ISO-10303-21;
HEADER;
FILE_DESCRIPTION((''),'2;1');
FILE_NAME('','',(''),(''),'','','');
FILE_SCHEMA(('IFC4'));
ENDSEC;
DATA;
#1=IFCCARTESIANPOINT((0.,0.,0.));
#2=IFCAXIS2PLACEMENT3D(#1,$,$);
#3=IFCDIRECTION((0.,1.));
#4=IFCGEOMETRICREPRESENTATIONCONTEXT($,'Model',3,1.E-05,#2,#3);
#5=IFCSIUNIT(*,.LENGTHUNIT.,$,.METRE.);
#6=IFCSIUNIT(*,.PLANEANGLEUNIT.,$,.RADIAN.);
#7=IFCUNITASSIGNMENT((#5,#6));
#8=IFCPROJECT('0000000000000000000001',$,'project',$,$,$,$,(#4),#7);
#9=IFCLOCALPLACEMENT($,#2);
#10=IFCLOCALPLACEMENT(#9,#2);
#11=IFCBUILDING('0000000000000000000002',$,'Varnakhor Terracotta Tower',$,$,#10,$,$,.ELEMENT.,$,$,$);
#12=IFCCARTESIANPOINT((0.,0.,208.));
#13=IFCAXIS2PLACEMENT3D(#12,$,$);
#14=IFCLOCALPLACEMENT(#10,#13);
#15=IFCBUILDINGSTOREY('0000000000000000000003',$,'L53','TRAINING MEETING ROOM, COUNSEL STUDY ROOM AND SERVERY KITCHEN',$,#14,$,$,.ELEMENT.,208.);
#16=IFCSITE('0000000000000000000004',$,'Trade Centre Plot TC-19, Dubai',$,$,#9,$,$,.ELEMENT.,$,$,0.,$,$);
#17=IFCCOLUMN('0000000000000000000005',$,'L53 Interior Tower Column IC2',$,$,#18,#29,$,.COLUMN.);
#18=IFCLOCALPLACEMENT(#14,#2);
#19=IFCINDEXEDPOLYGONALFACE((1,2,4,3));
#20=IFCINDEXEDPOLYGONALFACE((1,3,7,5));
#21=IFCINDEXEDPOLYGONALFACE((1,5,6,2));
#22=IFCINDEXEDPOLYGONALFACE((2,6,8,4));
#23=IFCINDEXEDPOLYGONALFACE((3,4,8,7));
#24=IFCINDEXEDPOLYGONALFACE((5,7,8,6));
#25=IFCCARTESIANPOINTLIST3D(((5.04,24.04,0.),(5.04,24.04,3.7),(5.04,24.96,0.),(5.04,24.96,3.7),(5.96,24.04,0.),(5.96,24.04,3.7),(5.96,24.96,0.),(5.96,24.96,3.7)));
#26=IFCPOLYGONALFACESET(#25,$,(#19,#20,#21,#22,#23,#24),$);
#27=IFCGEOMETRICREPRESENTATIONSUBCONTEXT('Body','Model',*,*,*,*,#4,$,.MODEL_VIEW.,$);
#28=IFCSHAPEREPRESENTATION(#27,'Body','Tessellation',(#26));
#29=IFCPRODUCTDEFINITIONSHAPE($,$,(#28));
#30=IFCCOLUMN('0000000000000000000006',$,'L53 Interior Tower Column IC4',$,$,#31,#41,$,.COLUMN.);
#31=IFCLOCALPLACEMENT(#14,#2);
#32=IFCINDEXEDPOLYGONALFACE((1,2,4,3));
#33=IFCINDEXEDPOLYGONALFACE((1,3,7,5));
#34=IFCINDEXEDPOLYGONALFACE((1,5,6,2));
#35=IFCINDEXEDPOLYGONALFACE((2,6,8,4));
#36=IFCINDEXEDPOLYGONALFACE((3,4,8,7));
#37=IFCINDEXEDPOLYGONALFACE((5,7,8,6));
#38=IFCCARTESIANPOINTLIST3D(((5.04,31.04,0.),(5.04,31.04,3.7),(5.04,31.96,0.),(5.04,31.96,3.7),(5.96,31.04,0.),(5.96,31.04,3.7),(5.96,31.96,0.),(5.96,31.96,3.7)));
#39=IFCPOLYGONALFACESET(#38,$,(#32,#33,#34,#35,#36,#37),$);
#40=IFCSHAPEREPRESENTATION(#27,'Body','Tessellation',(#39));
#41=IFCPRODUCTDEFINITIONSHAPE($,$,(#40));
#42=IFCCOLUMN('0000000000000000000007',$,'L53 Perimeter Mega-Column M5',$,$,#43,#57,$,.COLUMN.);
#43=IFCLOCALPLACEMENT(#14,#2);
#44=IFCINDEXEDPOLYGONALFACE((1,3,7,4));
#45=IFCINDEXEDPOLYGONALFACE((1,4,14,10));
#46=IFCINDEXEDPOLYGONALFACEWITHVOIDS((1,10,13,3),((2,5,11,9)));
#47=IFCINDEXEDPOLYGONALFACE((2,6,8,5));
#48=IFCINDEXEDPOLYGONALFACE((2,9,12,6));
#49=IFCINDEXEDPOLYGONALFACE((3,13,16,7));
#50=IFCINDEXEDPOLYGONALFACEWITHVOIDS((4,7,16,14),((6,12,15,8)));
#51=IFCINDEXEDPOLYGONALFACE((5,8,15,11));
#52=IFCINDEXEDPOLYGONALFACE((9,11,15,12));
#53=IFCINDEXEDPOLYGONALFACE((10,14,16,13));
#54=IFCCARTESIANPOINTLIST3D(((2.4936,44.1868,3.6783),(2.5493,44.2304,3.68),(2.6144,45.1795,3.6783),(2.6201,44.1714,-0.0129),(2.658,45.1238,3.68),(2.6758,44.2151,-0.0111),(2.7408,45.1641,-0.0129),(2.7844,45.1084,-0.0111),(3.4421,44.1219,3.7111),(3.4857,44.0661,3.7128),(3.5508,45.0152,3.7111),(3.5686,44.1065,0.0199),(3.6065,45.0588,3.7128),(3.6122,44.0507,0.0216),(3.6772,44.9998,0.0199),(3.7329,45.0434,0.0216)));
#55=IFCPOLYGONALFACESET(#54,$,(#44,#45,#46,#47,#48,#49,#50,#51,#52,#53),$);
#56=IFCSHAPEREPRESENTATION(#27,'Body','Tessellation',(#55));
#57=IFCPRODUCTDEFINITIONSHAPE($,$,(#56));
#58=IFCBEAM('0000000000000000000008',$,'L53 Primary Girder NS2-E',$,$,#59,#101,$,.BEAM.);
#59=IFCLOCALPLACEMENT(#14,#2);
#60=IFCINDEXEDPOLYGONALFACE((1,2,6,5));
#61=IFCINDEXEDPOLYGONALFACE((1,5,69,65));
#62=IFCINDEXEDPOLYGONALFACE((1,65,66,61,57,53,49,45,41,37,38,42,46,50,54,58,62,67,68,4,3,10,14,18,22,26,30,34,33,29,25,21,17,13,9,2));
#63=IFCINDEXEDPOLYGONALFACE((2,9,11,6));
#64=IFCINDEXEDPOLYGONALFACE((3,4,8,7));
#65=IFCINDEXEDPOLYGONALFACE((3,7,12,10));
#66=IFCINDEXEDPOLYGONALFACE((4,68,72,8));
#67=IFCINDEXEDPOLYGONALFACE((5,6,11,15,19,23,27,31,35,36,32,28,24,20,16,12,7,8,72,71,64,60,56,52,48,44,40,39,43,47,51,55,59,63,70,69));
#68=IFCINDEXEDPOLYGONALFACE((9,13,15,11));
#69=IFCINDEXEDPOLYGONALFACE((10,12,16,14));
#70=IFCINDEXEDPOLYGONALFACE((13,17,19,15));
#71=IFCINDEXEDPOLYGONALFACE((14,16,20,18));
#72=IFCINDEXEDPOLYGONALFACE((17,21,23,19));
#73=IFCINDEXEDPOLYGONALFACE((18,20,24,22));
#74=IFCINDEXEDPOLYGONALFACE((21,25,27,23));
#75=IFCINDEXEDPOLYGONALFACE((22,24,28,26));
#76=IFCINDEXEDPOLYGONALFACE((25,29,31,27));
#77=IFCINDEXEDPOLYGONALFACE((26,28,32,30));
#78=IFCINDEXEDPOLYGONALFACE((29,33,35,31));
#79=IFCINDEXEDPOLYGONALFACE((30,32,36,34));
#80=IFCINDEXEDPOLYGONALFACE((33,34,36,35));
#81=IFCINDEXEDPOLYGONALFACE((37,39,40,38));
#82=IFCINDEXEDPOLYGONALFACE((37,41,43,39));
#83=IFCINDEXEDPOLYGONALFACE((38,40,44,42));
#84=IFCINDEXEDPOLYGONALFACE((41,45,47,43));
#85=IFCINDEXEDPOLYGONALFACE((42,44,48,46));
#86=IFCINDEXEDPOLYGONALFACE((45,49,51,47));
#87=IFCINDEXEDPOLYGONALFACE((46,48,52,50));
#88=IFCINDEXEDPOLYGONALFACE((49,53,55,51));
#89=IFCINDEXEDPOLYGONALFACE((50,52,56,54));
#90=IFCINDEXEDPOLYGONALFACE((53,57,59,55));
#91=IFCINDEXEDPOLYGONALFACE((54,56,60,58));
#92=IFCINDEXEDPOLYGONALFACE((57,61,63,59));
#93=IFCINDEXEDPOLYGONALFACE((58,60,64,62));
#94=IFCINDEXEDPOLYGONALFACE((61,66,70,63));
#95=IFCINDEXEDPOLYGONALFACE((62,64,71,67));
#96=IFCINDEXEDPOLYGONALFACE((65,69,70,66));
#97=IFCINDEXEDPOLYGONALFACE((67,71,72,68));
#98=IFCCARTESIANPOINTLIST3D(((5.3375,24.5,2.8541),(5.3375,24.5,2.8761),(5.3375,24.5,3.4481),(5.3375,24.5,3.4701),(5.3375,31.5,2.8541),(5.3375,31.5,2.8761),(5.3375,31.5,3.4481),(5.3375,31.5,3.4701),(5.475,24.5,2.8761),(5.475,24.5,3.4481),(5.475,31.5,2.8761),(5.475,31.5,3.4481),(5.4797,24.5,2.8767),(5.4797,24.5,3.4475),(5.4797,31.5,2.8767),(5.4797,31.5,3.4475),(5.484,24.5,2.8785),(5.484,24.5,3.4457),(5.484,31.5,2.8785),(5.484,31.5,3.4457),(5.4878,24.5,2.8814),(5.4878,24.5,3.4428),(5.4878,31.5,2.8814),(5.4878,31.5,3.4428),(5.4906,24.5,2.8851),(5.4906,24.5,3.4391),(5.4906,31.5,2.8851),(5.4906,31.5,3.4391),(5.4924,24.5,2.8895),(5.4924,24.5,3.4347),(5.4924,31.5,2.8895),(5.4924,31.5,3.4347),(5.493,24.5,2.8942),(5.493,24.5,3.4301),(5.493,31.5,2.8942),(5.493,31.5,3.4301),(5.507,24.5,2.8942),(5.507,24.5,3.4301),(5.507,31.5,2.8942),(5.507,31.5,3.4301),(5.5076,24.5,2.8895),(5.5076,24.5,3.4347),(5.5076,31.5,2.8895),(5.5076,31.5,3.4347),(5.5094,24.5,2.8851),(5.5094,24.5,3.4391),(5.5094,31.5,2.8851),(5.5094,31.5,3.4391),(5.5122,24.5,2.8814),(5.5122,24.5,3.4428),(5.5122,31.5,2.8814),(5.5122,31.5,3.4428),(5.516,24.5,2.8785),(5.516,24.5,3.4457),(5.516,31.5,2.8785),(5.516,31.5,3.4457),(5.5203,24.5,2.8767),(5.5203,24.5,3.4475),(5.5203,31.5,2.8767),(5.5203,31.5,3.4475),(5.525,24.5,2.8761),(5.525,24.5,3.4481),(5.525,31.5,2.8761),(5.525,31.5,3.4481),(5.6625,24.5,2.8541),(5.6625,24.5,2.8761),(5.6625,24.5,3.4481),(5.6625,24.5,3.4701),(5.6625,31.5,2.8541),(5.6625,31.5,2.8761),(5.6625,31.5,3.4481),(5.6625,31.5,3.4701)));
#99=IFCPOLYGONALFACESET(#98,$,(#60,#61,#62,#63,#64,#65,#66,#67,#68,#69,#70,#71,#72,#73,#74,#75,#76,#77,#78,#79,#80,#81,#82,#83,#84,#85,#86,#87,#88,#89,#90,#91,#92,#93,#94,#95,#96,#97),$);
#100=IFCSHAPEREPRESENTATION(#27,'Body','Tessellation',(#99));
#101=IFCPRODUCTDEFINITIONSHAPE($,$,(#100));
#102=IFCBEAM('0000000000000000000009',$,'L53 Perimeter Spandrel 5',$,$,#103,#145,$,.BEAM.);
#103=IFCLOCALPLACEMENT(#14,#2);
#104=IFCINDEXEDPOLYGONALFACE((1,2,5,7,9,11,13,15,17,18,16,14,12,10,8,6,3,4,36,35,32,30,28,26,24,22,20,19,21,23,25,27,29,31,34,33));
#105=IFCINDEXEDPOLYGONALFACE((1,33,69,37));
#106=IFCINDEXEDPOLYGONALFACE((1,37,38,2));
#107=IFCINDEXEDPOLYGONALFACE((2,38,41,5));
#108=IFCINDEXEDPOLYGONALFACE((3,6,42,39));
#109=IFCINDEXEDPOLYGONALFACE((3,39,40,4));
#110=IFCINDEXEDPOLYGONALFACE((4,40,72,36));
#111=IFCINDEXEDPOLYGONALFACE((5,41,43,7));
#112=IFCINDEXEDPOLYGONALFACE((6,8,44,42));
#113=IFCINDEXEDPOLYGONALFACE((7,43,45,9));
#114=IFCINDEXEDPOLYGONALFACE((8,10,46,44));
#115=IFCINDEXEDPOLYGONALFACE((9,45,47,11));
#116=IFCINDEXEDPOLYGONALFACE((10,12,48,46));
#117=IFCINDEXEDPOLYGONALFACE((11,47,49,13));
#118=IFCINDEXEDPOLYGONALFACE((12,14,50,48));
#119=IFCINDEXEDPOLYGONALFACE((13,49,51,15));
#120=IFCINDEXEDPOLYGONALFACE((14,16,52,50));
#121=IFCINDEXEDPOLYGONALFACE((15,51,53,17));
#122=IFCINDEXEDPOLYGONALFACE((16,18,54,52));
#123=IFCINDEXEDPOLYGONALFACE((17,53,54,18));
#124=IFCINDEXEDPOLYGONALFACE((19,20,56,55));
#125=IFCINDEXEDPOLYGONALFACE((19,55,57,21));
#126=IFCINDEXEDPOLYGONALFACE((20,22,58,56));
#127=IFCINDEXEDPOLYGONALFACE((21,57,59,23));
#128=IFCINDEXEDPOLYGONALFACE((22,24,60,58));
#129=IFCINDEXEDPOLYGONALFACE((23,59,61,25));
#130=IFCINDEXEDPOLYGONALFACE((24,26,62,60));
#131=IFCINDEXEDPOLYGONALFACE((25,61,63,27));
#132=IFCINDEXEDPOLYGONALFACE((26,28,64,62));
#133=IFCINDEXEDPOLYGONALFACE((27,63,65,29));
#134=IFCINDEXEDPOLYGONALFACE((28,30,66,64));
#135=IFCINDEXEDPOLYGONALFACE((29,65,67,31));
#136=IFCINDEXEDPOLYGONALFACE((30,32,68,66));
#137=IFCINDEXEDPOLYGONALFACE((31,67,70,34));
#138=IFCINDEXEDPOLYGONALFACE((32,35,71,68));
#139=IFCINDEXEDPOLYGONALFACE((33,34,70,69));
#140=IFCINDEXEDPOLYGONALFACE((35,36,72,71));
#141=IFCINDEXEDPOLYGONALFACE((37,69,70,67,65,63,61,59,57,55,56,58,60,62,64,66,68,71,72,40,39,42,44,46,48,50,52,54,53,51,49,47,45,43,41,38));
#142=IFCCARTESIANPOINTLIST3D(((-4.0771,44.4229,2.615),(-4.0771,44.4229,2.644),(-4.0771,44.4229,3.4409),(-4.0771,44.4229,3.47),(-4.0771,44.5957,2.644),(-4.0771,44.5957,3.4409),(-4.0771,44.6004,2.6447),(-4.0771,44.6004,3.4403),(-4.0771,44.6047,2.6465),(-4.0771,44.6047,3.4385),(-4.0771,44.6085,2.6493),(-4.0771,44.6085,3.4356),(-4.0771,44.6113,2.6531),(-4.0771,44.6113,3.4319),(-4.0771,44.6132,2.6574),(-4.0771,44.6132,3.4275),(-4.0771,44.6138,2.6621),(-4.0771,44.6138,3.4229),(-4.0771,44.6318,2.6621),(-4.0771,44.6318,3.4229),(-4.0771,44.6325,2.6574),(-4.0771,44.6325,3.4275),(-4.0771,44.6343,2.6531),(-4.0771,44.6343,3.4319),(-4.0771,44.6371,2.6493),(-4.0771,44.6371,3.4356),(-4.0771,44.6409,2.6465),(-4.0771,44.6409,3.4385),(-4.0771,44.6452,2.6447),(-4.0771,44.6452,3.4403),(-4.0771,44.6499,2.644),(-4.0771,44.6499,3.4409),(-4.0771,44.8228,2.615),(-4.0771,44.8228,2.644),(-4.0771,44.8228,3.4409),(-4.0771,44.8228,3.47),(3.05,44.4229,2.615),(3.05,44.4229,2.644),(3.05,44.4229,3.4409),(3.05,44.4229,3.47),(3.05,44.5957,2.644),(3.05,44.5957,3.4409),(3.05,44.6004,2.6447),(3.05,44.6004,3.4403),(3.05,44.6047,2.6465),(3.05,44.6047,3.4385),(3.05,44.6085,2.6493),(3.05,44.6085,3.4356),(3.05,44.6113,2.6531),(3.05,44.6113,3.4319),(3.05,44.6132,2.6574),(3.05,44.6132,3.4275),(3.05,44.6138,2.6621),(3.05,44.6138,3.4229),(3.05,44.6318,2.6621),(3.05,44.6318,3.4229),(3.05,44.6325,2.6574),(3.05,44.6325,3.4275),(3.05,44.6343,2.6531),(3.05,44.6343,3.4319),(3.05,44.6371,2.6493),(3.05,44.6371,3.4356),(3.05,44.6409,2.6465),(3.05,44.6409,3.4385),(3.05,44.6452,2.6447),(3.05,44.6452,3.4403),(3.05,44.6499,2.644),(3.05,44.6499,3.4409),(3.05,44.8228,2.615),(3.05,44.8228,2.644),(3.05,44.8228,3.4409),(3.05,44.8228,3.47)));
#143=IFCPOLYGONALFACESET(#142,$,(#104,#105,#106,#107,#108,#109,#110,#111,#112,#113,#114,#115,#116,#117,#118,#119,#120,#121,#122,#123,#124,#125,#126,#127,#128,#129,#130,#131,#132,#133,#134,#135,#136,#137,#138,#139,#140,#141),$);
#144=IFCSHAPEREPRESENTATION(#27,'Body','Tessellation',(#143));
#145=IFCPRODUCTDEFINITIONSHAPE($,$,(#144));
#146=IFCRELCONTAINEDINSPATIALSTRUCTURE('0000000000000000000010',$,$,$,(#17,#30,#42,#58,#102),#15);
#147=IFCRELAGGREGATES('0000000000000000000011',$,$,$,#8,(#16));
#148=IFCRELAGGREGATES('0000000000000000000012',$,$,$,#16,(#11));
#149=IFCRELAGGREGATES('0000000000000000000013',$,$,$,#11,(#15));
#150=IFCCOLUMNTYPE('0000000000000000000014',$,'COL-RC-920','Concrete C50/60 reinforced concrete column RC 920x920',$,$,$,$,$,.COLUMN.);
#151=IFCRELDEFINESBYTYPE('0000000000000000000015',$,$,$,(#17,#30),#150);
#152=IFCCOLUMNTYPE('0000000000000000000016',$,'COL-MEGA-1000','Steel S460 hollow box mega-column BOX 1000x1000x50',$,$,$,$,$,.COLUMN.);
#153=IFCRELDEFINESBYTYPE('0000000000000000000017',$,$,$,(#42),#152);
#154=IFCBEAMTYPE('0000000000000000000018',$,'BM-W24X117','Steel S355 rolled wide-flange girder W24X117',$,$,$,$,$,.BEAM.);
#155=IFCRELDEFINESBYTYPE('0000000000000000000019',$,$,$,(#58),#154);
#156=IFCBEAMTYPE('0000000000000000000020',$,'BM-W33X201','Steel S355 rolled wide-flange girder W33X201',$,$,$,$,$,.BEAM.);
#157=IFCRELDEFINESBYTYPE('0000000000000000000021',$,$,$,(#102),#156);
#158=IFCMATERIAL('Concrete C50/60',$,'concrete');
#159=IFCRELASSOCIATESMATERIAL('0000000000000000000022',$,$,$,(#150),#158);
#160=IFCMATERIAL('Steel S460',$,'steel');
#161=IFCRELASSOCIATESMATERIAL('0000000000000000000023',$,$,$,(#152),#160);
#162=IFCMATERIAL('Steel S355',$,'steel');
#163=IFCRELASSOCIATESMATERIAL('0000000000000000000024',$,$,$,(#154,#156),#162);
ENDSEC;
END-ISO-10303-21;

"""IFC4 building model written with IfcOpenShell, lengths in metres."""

from ifc_helpers import new_model, si_unit, direction, frame, origin, origin_2d, place, context, subcontext, project, spatial, rectangle, hollow_rectangle, i_section, extrude, source, transform, mapped, material, material_profile, profile_set, type_object, element, save


model = new_model("IFC4")

# Units and contexts
model_context = context("Model", 3, precision=1e-05, world=origin(), true_north=direction((0.0, 1.0)))
body_context = subcontext(model_context, "Body", "Model", "MODEL_VIEW")
ifc_project = project(units=[si_unit("LENGTHUNIT", "METRE"), si_unit("PLANEANGLEUNIT", "RADIAN")], contexts=[model_context])

# Site, building, storey
site_placement = place(None, origin())
site = spatial("IfcSite", under=ifc_project, at=site_placement, Name="Trade Centre Plot TC-19, Dubai", CompositionType="ELEMENT", RefElevation=0.0)
building_placement = place(site_placement, origin())
building = spatial("IfcBuilding", under=site, at=building_placement, Name="Varnakhor Terracotta Tower", CompositionType="ELEMENT")
storey_placement = place(building_placement, frame((0.0, 0.0, 208.0)))
storey = spatial("IfcBuildingStorey", under=building, at=storey_placement, Name="L53", Description="TRAINING MEETING ROOM, COUNSEL STUDY ROOM AND SERVERY KITCHEN", CompositionType="ELEMENT", Elevation=208.0)

# Columns
ifc_material_1 = material(Name="Concrete C50/60", Category="concrete")
ifc_material_profile_1 = material_profile(ifc_material_1, rectangle(XDim=0.9199, YDim=0.9199, at=origin_2d()), Name="RC 920x920")
ifc_profile_set_1 = profile_set([ifc_material_profile_1], Name="Concrete C50/60")
column_type_1 = type_object("IfcColumnType", Name="COL-RC-920", Description="Concrete C50/60 reinforced concrete column RC 920x920", PredefinedType="COLUMN", material=ifc_profile_set_1)
shared_shape_1 = source(origin(), body_context, "Body", "SweptSolid", [
    extrude(rectangle(XDim=0.9199, YDim=0.9199, at=origin_2d()), origin(), (0.0, 0.0, 1.0), 3.7),
])
for number, where, z_axis, x_axis, name in (
    (1, (5.5, 24.5, 0.0), (0.0, 0.0, 1.0), (1.0, 0.0, 0.0), "L53 Interior Tower Column IC2"),
    (2, (5.5, 31.5, 0.0), (0.0, 0.0, 1.0), (1.0, 0.0, 0.0), "L53 Interior Tower Column IC4"),
):
    element("IfcColumn", number, at=place(storey_placement, frame(where, z_axis=z_axis, x_axis=x_axis)), inside=storey, type_object=column_type_1, Name=name, PredefinedType="COLUMN", context=body_context, shape_type="MappedRepresentation", body=[
        mapped(shared_shape_1, transform((0.0, 0.0, 0.0), scale=1.0)),
    ])
ifc_material_2 = material(Name="Steel S460", Category="steel")
ifc_material_profile_2 = material_profile(ifc_material_2, hollow_rectangle(XDim=1.0, YDim=1.0, WallThickness=0.05, at=origin_2d()), Name="BOX 1000x1000x50")
ifc_profile_set_2 = profile_set([ifc_material_profile_2], Name="Steel S460")
column_type_2 = type_object("IfcColumnType", Name="COL-MEGA-1000", Description="Steel S460 hollow box mega-column BOX 1000x1000x50", PredefinedType="COLUMN", material=ifc_profile_set_2)
shared_shape_2 = source(origin(), body_context, "Body", "SweptSolid", [
    extrude(hollow_rectangle(XDim=1.0, YDim=1.0, WallThickness=0.05, at=origin_2d()), origin(), (0.0, 0.0, 1.0), 3.6934),
])
column_placement = place(storey_placement, frame((3.1765, 44.6074, 0.0044), z_axis=(-0.034241, 0.004164, 0.999405), x_axis=(-0.120732, -0.992685, 0.0)))
element("IfcColumn", 3, at=column_placement, inside=storey, type_object=column_type_2, Name="L53 Perimeter Mega-Column M5", PredefinedType="COLUMN", context=body_context, shape_type="MappedRepresentation", body=[
    mapped(shared_shape_2, transform((0.0, 0.0, 0.0), scale=1.0)),
])

# Beams
ifc_material_3 = material(Name="Steel S355", Category="steel")
ifc_material_profile_3 = material_profile(ifc_material_3, i_section(OverallWidth=0.325, OverallDepth=0.616, WebThickness=0.0139, FlangeThickness=0.022, FilletRadius=0.0181, at=origin_2d()), Name="W24X117")
ifc_profile_set_3 = profile_set([ifc_material_profile_3], Name="Steel S355")
beam_type_1 = type_object("IfcBeamType", Name="BM-W24X117", Description="Steel S355 rolled wide-flange girder W24X117", PredefinedType="BEAM", material=ifc_profile_set_3)
shared_shape_3 = source(origin(), body_context, "Body", "SweptSolid", [
    extrude(i_section(OverallWidth=0.325, OverallDepth=0.616, WebThickness=0.0139, FlangeThickness=0.022, FilletRadius=0.0181, at=origin_2d()), origin(), (0.0, 0.0, 1.0), 7.0),
])
beam_1_placement = place(storey_placement, frame((5.5, 24.5, 3.1621), z_axis=(0.0, 1.0, 0.0), x_axis=(-1.0, 0.0, 0.0)))
element("IfcBeam", 4, at=beam_1_placement, inside=storey, type_object=beam_type_1, Name="L53 Primary Girder NS2-E", PredefinedType="BEAM", context=body_context, shape_type="MappedRepresentation", body=[
    mapped(shared_shape_3, transform((0.0, 0.0, 0.0), scale=1.0)),
])
ifc_material_profile_4 = material_profile(ifc_material_3, i_section(OverallWidth=0.3999, OverallDepth=0.855, WebThickness=0.0181, FlangeThickness=0.0291, FilletRadius=0.0181, at=origin_2d()), Name="W33X201")
ifc_profile_set_4 = profile_set([ifc_material_profile_4], Name="Steel S355")
beam_type_2 = type_object("IfcBeamType", Name="BM-W33X201", Description="Steel S355 rolled wide-flange girder W33X201", PredefinedType="BEAM", material=ifc_profile_set_4)
shared_shape_4 = source(origin(), body_context, "Body", "SweptSolid", [
    extrude(i_section(OverallWidth=0.3999, OverallDepth=0.855, WebThickness=0.0181, FlangeThickness=0.0291, FilletRadius=0.0181, at=origin_2d()), origin(), (0.0, 0.0, 1.0), 7.1272),
])
beam_2_placement = place(storey_placement, frame((3.05, 44.6228, 3.0425), z_axis=(-1.0, 0.0, 0.0), x_axis=(0.0, -1.0, 0.0)))
element("IfcBeam", 5, at=beam_2_placement, inside=storey, type_object=beam_type_2, Name="L53 Perimeter Spandrel 5", PredefinedType="BEAM", context=body_context, shape_type="MappedRepresentation", body=[
    mapped(shared_shape_4, transform((0.0, 0.0, 0.0), scale=1.0)),
])

save(model, "model.ifc")
